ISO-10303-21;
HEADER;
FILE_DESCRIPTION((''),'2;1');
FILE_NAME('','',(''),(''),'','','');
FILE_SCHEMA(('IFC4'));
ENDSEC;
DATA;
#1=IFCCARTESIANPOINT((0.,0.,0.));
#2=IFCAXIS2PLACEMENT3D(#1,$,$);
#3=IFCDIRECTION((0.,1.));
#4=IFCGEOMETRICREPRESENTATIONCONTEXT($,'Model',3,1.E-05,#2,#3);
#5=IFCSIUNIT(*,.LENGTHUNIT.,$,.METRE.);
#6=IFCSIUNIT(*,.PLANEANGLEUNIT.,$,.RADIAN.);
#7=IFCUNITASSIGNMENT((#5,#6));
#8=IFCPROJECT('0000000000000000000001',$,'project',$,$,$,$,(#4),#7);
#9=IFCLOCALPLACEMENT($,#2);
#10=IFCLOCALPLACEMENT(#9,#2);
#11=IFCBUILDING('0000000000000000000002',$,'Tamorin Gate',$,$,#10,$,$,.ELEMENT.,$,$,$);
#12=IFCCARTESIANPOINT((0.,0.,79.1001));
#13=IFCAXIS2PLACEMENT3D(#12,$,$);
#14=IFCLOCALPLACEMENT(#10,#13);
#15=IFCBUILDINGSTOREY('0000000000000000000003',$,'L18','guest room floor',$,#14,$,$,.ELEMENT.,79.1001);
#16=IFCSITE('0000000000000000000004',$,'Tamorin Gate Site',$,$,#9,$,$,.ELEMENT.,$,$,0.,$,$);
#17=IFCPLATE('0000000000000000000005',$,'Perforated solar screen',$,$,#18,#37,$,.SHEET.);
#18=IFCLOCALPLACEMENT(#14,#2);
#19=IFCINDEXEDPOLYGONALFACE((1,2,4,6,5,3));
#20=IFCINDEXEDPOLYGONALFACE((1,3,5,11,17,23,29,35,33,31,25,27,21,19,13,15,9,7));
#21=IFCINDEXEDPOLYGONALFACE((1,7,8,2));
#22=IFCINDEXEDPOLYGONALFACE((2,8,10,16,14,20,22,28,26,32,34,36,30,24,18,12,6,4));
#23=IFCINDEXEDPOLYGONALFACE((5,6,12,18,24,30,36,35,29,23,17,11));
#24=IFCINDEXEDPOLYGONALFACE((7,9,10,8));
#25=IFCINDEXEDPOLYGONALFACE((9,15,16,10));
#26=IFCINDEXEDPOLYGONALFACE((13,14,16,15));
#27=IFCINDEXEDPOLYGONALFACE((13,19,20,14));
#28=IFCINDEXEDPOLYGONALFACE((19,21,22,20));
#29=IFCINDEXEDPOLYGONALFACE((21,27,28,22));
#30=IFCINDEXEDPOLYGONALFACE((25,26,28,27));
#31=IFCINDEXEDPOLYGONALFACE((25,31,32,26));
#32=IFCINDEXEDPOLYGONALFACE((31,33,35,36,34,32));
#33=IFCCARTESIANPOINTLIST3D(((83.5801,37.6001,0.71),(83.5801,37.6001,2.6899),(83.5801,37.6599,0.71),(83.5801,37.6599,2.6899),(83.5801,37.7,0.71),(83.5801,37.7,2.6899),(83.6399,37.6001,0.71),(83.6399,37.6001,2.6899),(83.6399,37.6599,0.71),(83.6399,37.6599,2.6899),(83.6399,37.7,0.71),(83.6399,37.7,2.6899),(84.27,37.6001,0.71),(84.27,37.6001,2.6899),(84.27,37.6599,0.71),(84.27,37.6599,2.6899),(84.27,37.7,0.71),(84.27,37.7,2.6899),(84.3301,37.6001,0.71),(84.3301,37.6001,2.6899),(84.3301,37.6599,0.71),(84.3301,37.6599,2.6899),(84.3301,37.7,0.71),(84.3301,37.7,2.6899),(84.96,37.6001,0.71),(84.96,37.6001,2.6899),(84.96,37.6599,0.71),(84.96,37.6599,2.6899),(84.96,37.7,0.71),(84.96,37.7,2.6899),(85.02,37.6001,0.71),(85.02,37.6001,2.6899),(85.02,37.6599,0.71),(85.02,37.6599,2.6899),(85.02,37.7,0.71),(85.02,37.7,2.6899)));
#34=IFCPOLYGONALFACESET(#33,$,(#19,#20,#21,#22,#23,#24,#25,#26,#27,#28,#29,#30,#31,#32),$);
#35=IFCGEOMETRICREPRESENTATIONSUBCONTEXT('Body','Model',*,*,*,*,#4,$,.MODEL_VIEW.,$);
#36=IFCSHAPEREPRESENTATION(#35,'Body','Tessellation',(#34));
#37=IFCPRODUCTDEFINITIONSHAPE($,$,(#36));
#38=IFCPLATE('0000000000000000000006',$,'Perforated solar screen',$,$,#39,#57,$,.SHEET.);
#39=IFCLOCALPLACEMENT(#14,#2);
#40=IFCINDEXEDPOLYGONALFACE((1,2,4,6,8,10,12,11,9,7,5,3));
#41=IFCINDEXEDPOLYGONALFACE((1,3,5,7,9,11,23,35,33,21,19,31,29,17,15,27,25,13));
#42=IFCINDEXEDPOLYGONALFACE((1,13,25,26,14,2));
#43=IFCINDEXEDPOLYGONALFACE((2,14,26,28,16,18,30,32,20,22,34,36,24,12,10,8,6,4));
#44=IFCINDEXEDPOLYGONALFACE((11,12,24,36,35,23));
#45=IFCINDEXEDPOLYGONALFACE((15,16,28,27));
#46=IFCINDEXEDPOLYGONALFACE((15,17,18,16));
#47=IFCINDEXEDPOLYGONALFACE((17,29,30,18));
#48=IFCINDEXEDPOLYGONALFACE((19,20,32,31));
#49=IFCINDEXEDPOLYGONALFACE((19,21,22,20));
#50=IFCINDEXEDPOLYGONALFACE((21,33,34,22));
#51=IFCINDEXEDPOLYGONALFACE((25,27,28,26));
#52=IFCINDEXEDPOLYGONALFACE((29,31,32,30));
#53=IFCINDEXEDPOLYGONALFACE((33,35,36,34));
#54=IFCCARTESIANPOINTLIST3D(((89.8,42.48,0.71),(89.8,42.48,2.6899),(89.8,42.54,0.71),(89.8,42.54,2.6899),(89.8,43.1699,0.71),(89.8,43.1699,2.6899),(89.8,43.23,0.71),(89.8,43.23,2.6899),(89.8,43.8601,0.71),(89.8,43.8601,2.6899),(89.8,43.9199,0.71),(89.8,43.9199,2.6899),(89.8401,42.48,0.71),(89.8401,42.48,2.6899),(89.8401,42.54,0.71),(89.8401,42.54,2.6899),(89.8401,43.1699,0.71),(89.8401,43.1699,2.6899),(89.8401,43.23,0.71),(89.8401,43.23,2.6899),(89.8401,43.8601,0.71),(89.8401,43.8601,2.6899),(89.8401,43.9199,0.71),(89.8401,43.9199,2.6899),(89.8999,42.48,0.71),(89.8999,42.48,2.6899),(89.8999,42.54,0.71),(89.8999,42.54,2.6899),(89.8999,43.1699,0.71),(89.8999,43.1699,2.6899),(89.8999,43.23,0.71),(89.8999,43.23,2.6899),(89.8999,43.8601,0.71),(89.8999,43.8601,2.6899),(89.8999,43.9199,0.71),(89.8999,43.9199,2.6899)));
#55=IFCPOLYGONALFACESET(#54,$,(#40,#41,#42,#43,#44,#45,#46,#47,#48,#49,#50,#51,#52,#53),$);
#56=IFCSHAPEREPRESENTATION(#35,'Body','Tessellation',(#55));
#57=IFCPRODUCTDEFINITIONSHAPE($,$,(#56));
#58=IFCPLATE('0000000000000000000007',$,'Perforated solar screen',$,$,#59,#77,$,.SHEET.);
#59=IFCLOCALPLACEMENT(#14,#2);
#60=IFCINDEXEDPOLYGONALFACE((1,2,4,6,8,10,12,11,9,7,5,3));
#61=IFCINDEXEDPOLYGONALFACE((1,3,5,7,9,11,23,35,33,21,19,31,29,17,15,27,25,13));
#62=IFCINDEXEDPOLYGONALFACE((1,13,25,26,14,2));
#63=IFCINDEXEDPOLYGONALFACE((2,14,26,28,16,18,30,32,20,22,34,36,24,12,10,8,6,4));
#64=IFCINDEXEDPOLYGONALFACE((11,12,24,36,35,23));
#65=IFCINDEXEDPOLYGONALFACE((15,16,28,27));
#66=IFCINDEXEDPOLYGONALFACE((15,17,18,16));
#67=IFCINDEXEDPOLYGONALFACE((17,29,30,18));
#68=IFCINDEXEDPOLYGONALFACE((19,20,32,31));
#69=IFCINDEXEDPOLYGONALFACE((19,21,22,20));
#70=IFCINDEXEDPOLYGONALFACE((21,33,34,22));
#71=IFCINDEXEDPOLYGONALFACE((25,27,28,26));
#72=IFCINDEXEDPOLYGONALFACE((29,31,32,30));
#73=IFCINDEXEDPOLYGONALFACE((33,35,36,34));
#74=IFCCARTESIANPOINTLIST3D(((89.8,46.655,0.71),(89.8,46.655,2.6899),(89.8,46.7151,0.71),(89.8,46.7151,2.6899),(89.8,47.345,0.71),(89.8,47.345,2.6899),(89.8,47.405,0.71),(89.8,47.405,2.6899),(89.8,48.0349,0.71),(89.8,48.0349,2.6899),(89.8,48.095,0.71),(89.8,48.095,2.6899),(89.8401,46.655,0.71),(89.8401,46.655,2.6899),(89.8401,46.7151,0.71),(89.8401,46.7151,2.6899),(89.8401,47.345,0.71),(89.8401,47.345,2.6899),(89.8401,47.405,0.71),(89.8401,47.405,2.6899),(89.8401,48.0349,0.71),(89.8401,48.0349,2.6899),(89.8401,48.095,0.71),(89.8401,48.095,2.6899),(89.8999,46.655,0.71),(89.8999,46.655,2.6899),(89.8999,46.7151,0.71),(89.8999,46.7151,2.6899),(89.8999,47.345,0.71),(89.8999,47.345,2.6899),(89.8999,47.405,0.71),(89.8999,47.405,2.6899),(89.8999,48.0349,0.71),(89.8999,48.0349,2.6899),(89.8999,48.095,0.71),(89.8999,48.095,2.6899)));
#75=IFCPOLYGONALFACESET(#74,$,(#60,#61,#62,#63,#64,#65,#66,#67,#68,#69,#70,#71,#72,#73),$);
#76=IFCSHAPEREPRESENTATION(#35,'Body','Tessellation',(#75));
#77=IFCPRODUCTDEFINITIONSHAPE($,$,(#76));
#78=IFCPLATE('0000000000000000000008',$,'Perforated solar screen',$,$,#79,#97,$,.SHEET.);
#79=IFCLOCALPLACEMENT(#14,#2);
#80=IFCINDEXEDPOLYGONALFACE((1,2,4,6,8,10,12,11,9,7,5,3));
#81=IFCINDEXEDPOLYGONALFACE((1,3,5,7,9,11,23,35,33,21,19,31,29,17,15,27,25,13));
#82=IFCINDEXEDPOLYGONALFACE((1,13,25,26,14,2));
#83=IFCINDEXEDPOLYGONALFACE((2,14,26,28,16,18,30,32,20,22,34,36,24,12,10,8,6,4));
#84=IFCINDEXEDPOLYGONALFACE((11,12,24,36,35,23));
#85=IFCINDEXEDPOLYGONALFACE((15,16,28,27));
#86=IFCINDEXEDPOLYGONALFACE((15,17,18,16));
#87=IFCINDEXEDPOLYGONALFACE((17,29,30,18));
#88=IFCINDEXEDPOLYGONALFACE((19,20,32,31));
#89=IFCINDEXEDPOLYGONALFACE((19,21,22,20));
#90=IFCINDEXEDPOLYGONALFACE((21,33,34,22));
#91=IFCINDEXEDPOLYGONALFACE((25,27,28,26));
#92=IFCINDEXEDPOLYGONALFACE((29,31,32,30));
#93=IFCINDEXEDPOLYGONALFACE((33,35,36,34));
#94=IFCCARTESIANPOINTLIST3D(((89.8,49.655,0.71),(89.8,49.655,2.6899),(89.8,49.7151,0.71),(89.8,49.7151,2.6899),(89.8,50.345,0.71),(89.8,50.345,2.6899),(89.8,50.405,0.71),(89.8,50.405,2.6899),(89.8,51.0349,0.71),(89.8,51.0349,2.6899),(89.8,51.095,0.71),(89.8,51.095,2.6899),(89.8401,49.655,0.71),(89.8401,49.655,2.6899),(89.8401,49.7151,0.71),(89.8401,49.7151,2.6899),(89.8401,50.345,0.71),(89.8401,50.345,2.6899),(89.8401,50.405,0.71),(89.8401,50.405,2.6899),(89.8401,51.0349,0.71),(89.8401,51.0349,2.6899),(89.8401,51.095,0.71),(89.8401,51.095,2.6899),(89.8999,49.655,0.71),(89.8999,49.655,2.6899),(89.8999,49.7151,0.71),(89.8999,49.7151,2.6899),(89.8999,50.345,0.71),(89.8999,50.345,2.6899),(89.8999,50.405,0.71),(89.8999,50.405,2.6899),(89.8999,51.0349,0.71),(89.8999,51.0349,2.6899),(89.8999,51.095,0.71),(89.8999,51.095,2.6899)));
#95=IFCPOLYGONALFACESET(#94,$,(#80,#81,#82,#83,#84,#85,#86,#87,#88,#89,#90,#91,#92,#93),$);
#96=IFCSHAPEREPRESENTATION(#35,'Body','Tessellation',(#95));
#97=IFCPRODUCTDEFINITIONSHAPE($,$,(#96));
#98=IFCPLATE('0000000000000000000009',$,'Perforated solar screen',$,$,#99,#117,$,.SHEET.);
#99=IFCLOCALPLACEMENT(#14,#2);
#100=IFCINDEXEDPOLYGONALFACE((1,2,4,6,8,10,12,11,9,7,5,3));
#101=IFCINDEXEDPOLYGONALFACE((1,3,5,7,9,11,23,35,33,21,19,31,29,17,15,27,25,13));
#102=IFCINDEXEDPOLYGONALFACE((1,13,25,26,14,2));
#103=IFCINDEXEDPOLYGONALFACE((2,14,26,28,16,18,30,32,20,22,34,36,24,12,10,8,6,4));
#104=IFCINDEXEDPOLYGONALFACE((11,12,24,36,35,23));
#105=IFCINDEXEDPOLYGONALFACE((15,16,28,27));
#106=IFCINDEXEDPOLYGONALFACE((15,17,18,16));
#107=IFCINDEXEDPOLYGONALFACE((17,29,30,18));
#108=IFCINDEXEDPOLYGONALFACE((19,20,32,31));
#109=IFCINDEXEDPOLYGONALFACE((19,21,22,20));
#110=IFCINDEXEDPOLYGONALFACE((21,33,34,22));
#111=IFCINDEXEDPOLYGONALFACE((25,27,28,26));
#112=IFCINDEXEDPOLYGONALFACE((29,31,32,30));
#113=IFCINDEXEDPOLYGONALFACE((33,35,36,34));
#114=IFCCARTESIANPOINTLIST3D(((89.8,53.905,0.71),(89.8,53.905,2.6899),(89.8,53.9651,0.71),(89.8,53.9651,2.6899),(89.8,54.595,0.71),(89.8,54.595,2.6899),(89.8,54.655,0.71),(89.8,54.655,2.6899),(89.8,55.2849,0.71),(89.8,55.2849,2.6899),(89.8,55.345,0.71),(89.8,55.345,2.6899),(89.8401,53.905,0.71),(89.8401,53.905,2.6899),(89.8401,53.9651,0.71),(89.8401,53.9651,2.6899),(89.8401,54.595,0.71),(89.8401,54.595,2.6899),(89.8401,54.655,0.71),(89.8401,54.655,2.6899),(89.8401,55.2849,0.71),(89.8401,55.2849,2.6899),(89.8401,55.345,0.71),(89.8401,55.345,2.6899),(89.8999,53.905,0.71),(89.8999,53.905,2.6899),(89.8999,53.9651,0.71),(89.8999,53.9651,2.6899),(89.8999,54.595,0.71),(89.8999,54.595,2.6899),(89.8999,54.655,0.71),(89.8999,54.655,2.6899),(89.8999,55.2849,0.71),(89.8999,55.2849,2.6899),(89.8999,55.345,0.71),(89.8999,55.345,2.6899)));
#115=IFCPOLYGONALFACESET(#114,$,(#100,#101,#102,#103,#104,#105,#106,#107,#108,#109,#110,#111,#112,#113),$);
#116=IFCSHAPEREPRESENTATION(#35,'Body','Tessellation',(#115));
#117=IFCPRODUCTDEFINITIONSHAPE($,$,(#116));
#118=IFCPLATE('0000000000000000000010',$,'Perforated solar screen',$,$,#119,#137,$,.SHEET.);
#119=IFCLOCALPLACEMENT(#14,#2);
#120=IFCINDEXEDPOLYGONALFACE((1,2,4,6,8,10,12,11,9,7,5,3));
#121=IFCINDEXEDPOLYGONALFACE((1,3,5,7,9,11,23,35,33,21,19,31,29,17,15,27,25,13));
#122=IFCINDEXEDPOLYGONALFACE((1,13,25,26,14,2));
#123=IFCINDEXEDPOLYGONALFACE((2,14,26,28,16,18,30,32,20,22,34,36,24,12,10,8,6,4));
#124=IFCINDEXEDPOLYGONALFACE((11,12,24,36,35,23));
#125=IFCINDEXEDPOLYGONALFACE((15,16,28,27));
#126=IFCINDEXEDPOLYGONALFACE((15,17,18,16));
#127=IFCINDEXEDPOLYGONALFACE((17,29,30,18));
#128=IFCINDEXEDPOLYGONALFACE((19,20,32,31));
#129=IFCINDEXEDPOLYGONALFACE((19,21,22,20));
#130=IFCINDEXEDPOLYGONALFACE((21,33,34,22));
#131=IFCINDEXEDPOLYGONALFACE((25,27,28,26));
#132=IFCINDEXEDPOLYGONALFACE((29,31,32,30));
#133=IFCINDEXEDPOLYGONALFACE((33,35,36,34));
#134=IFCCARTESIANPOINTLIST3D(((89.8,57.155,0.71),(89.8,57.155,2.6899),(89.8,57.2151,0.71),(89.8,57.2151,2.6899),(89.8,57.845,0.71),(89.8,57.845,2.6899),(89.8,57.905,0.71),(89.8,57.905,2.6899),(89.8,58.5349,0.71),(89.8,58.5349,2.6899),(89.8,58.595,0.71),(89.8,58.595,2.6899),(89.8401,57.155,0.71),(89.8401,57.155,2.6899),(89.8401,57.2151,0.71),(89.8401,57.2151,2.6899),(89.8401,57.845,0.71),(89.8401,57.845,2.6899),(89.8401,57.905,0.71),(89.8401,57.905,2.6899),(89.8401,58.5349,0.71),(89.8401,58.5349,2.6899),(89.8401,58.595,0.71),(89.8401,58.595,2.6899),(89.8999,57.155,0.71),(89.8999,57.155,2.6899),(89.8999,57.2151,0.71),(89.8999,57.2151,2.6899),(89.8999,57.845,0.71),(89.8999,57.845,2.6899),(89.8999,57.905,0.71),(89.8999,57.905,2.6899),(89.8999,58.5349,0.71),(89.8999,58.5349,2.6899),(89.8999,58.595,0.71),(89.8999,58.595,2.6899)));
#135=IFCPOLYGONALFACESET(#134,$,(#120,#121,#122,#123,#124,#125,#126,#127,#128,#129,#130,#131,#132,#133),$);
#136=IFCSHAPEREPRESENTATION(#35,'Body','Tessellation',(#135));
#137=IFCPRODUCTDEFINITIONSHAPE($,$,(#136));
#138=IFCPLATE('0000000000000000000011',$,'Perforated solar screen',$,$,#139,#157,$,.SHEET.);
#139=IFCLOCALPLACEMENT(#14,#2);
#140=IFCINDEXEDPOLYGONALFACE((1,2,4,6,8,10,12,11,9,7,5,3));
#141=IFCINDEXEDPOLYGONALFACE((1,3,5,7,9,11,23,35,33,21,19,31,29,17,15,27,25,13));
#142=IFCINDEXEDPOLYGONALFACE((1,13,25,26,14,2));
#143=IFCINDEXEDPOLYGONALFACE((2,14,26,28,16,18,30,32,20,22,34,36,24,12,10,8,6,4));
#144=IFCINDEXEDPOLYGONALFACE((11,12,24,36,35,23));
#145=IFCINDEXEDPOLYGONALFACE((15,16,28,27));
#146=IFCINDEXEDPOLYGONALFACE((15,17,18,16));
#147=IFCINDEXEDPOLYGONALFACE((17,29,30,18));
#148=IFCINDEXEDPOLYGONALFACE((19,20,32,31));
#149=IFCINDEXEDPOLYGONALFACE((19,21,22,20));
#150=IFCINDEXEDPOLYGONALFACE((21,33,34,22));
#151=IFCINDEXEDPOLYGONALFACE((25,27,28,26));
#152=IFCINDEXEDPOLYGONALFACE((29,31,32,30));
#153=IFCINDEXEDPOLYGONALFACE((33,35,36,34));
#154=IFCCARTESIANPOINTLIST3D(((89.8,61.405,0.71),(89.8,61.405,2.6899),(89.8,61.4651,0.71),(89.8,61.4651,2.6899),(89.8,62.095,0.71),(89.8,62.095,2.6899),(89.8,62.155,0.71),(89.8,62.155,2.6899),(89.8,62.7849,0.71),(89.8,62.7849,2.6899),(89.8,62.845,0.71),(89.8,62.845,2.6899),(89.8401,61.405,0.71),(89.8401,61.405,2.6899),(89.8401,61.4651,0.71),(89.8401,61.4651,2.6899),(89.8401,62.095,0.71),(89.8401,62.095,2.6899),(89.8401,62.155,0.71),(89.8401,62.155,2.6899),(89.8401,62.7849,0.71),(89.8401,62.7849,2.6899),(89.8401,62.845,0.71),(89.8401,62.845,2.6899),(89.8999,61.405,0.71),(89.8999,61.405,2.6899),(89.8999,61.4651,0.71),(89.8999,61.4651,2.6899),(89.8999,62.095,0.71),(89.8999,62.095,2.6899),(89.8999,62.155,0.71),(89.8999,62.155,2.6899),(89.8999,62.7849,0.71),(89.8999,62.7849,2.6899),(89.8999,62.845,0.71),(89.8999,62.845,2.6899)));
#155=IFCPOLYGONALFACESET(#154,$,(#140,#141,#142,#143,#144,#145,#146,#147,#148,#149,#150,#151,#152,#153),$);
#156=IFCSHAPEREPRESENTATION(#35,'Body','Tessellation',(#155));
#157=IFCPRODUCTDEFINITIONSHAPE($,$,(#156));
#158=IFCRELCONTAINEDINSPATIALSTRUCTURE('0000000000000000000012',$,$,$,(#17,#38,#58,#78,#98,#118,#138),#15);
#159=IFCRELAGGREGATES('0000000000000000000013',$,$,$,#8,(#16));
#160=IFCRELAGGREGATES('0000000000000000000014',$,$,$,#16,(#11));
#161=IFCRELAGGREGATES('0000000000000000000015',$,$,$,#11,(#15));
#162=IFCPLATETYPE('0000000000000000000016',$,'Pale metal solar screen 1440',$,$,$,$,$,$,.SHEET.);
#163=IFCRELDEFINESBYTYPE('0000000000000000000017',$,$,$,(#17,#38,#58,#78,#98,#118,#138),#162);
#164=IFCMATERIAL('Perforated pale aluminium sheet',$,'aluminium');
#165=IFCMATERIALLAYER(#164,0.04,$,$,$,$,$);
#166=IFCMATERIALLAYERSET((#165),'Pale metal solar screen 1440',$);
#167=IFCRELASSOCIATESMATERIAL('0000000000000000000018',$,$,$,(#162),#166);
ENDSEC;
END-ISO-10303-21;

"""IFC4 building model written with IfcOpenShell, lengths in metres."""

from ifc_helpers import new_model, si_unit, direction, frame, origin, place, context, subcontext, project, spatial, polyline, outline, extrude, material, layer, layer_set, type_object, element, save


model = new_model("IFC4")

# Units and contexts
model_context = context("Model", 3, precision=1e-05, world=origin(), true_north=direction((0.0, 1.0)))
body_context = subcontext(model_context, "Body", "Model", "MODEL_VIEW")
ifc_project = project(units=[si_unit("LENGTHUNIT", "METRE"), si_unit("PLANEANGLEUNIT", "RADIAN")], contexts=[model_context])

# Site, building, storey
site_placement = place(None, origin())
site = spatial("IfcSite", under=ifc_project, at=site_placement, Name="Tamorin Gate Site", CompositionType="ELEMENT", RefElevation=0.0)
building_placement = place(site_placement, origin())
building = spatial("IfcBuilding", under=site, at=building_placement, Name="Tamorin Gate", CompositionType="ELEMENT")
storey_placement = place(building_placement, frame((0.0, 0.0, 79.1001)))
storey = spatial("IfcBuildingStorey", under=building, at=storey_placement, Name="L18", Description="guest room floor", CompositionType="ELEMENT", Elevation=79.1001)

# Plates
ifc_material_1 = material(Name="Perforated pale aluminium sheet", Category="aluminium")
ifc_layer_1 = layer(ifc_material_1, 0.04)
ifc_layer_set_1 = layer_set([ifc_layer_1], Name="Pale metal solar screen 1440")
plate_type = type_object("IfcPlateType", Name="Pale metal solar screen 1440", PredefinedType="SHEET", material=ifc_layer_set_1)
plate_1_placement = place(storey_placement, frame((0.0, 0.0, 0.71)))
element("IfcPlate", 1, at=plate_1_placement, inside=storey, type_object=plate_type, Name="Perforated solar screen", PredefinedType="SHEET", context=body_context, shape_type="SweptSolid", body=[
    extrude(outline(polyline([(83.5801, 37.6599), (83.5801, 37.7), (83.6399, 37.7), (84.27, 37.7), (84.3301, 37.7), (84.96, 37.7), (85.02, 37.7), (85.02, 37.6599), (85.02, 37.6001), (84.96, 37.6001), (84.96, 37.6599), (84.3301, 37.6599), (84.3301, 37.6001), (84.27, 37.6001), (84.27, 37.6599), (83.6399, 37.6599), (83.6399, 37.6001), (83.5801, 37.6001), (83.5801, 37.6599)])), origin(), (0.0, 0.0, 1.0), 1.98),
])
plate_2_placement = place(storey_placement, frame((0.0, 0.0, 0.71)))
element("IfcPlate", 2, at=plate_2_placement, inside=storey, type_object=plate_type, Name="Perforated solar screen", PredefinedType="SHEET", context=body_context, shape_type="SweptSolid", body=[
    extrude(outline(polyline([(89.8401, 42.48), (89.8, 42.48), (89.8, 42.54), (89.8, 43.1699), (89.8, 43.23), (89.8, 43.8601), (89.8, 43.9199), (89.8401, 43.9199), (89.8999, 43.9199), (89.8999, 43.8601), (89.8401, 43.8601), (89.8401, 43.23), (89.8999, 43.23), (89.8999, 43.1699), (89.8401, 43.1699), (89.8401, 42.54), (89.8999, 42.54), (89.8999, 42.48), (89.8401, 42.48)])), origin(), (0.0, 0.0, 1.0), 1.98),
])
plate_3_placement = place(storey_placement, frame((0.0, 0.0, 0.71)))
element("IfcPlate", 3, at=plate_3_placement, inside=storey, type_object=plate_type, Name="Perforated solar screen", PredefinedType="SHEET", context=body_context, shape_type="SweptSolid", body=[
    extrude(outline(polyline([(89.8401, 46.655), (89.8, 46.655), (89.8, 46.7151), (89.8, 47.345), (89.8, 47.405), (89.8, 48.0349), (89.8, 48.095), (89.8, 48.095), (89.8401, 48.095), (89.8401, 48.095), (89.8999, 48.095), (89.8999, 48.0349), (89.8401, 48.0349), (89.8401, 47.405), (89.8999, 47.405), (89.8999, 47.345), (89.8401, 47.345), (89.8401, 46.7151), (89.8999, 46.7151), (89.8999, 46.655), (89.8401, 46.655)])), origin(), (0.0, 0.0, 1.0), 1.98),
])
plate_4_placement = place(storey_placement, frame((0.0, 0.0, 0.71)))
element("IfcPlate", 4, at=plate_4_placement, inside=storey, type_object=plate_type, Name="Perforated solar screen", PredefinedType="SHEET", context=body_context, shape_type="SweptSolid", body=[
    extrude(outline(polyline([(89.8401, 49.655), (89.8, 49.655), (89.8, 49.7151), (89.8, 50.345), (89.8, 50.405), (89.8, 51.0349), (89.8, 51.095), (89.8401, 51.095), (89.8999, 51.095), (89.8999, 51.0349), (89.8401, 51.0349), (89.8401, 50.405), (89.8999, 50.405), (89.8999, 50.345), (89.8401, 50.345), (89.8401, 49.7151), (89.8999, 49.7151), (89.8999, 49.655), (89.8401, 49.655)])), origin(), (0.0, 0.0, 1.0), 1.98),
])
plate_5_placement = place(storey_placement, frame((0.0, 0.0, 0.71)))
element("IfcPlate", 5, at=plate_5_placement, inside=storey, type_object=plate_type, Name="Perforated solar screen", PredefinedType="SHEET", context=body_context, shape_type="SweptSolid", body=[
    extrude(outline(polyline([(89.8401, 53.905), (89.8, 53.905), (89.8, 53.9651), (89.8, 54.595), (89.8, 54.655), (89.8, 55.2849), (89.8, 55.345), (89.8401, 55.345), (89.8999, 55.345), (89.8999, 55.2849), (89.8401, 55.2849), (89.8401, 54.655), (89.8999, 54.655), (89.8999, 54.595), (89.8401, 54.595), (89.8401, 53.9651), (89.8999, 53.9651), (89.8999, 53.905), (89.8401, 53.905)])), origin(), (0.0, 0.0, 1.0), 1.98),
])
plate_6_placement = place(storey_placement, frame((0.0, 0.0, 0.71)))
element("IfcPlate", 6, at=plate_6_placement, inside=storey, type_object=plate_type, Name="Perforated solar screen", PredefinedType="SHEET", context=body_context, shape_type="SweptSolid", body=[
    extrude(outline(polyline([(89.8401, 57.155), (89.8, 57.155), (89.8, 57.2151), (89.8, 57.845), (89.8, 57.905), (89.8, 58.5349), (89.8, 58.595), (89.8401, 58.595), (89.8999, 58.595), (89.8999, 58.5349), (89.8401, 58.5349), (89.8401, 57.905), (89.8999, 57.905), (89.8999, 57.845), (89.8401, 57.845), (89.8401, 57.2151), (89.8999, 57.2151), (89.8999, 57.155), (89.8401, 57.155)])), origin(), (0.0, 0.0, 1.0), 1.98),
])
plate_7_placement = place(storey_placement, frame((0.0, 0.0, 0.71)))
element("IfcPlate", 7, at=plate_7_placement, inside=storey, type_object=plate_type, Name="Perforated solar screen", PredefinedType="SHEET", context=body_context, shape_type="SweptSolid", body=[
    extrude(outline(polyline([(89.8401, 61.405), (89.8, 61.405), (89.8, 61.4651), (89.8, 62.095), (89.8, 62.155), (89.8, 62.7849), (89.8, 62.845), (89.8401, 62.845), (89.8999, 62.845), (89.8999, 62.7849), (89.8401, 62.7849), (89.8401, 62.155), (89.8999, 62.155), (89.8999, 62.095), (89.8401, 62.095), (89.8401, 61.4651), (89.8999, 61.4651), (89.8999, 61.405), (89.8401, 61.405)])), origin(), (0.0, 0.0, 1.0), 1.98),
])

save(model, "model.ifc")
